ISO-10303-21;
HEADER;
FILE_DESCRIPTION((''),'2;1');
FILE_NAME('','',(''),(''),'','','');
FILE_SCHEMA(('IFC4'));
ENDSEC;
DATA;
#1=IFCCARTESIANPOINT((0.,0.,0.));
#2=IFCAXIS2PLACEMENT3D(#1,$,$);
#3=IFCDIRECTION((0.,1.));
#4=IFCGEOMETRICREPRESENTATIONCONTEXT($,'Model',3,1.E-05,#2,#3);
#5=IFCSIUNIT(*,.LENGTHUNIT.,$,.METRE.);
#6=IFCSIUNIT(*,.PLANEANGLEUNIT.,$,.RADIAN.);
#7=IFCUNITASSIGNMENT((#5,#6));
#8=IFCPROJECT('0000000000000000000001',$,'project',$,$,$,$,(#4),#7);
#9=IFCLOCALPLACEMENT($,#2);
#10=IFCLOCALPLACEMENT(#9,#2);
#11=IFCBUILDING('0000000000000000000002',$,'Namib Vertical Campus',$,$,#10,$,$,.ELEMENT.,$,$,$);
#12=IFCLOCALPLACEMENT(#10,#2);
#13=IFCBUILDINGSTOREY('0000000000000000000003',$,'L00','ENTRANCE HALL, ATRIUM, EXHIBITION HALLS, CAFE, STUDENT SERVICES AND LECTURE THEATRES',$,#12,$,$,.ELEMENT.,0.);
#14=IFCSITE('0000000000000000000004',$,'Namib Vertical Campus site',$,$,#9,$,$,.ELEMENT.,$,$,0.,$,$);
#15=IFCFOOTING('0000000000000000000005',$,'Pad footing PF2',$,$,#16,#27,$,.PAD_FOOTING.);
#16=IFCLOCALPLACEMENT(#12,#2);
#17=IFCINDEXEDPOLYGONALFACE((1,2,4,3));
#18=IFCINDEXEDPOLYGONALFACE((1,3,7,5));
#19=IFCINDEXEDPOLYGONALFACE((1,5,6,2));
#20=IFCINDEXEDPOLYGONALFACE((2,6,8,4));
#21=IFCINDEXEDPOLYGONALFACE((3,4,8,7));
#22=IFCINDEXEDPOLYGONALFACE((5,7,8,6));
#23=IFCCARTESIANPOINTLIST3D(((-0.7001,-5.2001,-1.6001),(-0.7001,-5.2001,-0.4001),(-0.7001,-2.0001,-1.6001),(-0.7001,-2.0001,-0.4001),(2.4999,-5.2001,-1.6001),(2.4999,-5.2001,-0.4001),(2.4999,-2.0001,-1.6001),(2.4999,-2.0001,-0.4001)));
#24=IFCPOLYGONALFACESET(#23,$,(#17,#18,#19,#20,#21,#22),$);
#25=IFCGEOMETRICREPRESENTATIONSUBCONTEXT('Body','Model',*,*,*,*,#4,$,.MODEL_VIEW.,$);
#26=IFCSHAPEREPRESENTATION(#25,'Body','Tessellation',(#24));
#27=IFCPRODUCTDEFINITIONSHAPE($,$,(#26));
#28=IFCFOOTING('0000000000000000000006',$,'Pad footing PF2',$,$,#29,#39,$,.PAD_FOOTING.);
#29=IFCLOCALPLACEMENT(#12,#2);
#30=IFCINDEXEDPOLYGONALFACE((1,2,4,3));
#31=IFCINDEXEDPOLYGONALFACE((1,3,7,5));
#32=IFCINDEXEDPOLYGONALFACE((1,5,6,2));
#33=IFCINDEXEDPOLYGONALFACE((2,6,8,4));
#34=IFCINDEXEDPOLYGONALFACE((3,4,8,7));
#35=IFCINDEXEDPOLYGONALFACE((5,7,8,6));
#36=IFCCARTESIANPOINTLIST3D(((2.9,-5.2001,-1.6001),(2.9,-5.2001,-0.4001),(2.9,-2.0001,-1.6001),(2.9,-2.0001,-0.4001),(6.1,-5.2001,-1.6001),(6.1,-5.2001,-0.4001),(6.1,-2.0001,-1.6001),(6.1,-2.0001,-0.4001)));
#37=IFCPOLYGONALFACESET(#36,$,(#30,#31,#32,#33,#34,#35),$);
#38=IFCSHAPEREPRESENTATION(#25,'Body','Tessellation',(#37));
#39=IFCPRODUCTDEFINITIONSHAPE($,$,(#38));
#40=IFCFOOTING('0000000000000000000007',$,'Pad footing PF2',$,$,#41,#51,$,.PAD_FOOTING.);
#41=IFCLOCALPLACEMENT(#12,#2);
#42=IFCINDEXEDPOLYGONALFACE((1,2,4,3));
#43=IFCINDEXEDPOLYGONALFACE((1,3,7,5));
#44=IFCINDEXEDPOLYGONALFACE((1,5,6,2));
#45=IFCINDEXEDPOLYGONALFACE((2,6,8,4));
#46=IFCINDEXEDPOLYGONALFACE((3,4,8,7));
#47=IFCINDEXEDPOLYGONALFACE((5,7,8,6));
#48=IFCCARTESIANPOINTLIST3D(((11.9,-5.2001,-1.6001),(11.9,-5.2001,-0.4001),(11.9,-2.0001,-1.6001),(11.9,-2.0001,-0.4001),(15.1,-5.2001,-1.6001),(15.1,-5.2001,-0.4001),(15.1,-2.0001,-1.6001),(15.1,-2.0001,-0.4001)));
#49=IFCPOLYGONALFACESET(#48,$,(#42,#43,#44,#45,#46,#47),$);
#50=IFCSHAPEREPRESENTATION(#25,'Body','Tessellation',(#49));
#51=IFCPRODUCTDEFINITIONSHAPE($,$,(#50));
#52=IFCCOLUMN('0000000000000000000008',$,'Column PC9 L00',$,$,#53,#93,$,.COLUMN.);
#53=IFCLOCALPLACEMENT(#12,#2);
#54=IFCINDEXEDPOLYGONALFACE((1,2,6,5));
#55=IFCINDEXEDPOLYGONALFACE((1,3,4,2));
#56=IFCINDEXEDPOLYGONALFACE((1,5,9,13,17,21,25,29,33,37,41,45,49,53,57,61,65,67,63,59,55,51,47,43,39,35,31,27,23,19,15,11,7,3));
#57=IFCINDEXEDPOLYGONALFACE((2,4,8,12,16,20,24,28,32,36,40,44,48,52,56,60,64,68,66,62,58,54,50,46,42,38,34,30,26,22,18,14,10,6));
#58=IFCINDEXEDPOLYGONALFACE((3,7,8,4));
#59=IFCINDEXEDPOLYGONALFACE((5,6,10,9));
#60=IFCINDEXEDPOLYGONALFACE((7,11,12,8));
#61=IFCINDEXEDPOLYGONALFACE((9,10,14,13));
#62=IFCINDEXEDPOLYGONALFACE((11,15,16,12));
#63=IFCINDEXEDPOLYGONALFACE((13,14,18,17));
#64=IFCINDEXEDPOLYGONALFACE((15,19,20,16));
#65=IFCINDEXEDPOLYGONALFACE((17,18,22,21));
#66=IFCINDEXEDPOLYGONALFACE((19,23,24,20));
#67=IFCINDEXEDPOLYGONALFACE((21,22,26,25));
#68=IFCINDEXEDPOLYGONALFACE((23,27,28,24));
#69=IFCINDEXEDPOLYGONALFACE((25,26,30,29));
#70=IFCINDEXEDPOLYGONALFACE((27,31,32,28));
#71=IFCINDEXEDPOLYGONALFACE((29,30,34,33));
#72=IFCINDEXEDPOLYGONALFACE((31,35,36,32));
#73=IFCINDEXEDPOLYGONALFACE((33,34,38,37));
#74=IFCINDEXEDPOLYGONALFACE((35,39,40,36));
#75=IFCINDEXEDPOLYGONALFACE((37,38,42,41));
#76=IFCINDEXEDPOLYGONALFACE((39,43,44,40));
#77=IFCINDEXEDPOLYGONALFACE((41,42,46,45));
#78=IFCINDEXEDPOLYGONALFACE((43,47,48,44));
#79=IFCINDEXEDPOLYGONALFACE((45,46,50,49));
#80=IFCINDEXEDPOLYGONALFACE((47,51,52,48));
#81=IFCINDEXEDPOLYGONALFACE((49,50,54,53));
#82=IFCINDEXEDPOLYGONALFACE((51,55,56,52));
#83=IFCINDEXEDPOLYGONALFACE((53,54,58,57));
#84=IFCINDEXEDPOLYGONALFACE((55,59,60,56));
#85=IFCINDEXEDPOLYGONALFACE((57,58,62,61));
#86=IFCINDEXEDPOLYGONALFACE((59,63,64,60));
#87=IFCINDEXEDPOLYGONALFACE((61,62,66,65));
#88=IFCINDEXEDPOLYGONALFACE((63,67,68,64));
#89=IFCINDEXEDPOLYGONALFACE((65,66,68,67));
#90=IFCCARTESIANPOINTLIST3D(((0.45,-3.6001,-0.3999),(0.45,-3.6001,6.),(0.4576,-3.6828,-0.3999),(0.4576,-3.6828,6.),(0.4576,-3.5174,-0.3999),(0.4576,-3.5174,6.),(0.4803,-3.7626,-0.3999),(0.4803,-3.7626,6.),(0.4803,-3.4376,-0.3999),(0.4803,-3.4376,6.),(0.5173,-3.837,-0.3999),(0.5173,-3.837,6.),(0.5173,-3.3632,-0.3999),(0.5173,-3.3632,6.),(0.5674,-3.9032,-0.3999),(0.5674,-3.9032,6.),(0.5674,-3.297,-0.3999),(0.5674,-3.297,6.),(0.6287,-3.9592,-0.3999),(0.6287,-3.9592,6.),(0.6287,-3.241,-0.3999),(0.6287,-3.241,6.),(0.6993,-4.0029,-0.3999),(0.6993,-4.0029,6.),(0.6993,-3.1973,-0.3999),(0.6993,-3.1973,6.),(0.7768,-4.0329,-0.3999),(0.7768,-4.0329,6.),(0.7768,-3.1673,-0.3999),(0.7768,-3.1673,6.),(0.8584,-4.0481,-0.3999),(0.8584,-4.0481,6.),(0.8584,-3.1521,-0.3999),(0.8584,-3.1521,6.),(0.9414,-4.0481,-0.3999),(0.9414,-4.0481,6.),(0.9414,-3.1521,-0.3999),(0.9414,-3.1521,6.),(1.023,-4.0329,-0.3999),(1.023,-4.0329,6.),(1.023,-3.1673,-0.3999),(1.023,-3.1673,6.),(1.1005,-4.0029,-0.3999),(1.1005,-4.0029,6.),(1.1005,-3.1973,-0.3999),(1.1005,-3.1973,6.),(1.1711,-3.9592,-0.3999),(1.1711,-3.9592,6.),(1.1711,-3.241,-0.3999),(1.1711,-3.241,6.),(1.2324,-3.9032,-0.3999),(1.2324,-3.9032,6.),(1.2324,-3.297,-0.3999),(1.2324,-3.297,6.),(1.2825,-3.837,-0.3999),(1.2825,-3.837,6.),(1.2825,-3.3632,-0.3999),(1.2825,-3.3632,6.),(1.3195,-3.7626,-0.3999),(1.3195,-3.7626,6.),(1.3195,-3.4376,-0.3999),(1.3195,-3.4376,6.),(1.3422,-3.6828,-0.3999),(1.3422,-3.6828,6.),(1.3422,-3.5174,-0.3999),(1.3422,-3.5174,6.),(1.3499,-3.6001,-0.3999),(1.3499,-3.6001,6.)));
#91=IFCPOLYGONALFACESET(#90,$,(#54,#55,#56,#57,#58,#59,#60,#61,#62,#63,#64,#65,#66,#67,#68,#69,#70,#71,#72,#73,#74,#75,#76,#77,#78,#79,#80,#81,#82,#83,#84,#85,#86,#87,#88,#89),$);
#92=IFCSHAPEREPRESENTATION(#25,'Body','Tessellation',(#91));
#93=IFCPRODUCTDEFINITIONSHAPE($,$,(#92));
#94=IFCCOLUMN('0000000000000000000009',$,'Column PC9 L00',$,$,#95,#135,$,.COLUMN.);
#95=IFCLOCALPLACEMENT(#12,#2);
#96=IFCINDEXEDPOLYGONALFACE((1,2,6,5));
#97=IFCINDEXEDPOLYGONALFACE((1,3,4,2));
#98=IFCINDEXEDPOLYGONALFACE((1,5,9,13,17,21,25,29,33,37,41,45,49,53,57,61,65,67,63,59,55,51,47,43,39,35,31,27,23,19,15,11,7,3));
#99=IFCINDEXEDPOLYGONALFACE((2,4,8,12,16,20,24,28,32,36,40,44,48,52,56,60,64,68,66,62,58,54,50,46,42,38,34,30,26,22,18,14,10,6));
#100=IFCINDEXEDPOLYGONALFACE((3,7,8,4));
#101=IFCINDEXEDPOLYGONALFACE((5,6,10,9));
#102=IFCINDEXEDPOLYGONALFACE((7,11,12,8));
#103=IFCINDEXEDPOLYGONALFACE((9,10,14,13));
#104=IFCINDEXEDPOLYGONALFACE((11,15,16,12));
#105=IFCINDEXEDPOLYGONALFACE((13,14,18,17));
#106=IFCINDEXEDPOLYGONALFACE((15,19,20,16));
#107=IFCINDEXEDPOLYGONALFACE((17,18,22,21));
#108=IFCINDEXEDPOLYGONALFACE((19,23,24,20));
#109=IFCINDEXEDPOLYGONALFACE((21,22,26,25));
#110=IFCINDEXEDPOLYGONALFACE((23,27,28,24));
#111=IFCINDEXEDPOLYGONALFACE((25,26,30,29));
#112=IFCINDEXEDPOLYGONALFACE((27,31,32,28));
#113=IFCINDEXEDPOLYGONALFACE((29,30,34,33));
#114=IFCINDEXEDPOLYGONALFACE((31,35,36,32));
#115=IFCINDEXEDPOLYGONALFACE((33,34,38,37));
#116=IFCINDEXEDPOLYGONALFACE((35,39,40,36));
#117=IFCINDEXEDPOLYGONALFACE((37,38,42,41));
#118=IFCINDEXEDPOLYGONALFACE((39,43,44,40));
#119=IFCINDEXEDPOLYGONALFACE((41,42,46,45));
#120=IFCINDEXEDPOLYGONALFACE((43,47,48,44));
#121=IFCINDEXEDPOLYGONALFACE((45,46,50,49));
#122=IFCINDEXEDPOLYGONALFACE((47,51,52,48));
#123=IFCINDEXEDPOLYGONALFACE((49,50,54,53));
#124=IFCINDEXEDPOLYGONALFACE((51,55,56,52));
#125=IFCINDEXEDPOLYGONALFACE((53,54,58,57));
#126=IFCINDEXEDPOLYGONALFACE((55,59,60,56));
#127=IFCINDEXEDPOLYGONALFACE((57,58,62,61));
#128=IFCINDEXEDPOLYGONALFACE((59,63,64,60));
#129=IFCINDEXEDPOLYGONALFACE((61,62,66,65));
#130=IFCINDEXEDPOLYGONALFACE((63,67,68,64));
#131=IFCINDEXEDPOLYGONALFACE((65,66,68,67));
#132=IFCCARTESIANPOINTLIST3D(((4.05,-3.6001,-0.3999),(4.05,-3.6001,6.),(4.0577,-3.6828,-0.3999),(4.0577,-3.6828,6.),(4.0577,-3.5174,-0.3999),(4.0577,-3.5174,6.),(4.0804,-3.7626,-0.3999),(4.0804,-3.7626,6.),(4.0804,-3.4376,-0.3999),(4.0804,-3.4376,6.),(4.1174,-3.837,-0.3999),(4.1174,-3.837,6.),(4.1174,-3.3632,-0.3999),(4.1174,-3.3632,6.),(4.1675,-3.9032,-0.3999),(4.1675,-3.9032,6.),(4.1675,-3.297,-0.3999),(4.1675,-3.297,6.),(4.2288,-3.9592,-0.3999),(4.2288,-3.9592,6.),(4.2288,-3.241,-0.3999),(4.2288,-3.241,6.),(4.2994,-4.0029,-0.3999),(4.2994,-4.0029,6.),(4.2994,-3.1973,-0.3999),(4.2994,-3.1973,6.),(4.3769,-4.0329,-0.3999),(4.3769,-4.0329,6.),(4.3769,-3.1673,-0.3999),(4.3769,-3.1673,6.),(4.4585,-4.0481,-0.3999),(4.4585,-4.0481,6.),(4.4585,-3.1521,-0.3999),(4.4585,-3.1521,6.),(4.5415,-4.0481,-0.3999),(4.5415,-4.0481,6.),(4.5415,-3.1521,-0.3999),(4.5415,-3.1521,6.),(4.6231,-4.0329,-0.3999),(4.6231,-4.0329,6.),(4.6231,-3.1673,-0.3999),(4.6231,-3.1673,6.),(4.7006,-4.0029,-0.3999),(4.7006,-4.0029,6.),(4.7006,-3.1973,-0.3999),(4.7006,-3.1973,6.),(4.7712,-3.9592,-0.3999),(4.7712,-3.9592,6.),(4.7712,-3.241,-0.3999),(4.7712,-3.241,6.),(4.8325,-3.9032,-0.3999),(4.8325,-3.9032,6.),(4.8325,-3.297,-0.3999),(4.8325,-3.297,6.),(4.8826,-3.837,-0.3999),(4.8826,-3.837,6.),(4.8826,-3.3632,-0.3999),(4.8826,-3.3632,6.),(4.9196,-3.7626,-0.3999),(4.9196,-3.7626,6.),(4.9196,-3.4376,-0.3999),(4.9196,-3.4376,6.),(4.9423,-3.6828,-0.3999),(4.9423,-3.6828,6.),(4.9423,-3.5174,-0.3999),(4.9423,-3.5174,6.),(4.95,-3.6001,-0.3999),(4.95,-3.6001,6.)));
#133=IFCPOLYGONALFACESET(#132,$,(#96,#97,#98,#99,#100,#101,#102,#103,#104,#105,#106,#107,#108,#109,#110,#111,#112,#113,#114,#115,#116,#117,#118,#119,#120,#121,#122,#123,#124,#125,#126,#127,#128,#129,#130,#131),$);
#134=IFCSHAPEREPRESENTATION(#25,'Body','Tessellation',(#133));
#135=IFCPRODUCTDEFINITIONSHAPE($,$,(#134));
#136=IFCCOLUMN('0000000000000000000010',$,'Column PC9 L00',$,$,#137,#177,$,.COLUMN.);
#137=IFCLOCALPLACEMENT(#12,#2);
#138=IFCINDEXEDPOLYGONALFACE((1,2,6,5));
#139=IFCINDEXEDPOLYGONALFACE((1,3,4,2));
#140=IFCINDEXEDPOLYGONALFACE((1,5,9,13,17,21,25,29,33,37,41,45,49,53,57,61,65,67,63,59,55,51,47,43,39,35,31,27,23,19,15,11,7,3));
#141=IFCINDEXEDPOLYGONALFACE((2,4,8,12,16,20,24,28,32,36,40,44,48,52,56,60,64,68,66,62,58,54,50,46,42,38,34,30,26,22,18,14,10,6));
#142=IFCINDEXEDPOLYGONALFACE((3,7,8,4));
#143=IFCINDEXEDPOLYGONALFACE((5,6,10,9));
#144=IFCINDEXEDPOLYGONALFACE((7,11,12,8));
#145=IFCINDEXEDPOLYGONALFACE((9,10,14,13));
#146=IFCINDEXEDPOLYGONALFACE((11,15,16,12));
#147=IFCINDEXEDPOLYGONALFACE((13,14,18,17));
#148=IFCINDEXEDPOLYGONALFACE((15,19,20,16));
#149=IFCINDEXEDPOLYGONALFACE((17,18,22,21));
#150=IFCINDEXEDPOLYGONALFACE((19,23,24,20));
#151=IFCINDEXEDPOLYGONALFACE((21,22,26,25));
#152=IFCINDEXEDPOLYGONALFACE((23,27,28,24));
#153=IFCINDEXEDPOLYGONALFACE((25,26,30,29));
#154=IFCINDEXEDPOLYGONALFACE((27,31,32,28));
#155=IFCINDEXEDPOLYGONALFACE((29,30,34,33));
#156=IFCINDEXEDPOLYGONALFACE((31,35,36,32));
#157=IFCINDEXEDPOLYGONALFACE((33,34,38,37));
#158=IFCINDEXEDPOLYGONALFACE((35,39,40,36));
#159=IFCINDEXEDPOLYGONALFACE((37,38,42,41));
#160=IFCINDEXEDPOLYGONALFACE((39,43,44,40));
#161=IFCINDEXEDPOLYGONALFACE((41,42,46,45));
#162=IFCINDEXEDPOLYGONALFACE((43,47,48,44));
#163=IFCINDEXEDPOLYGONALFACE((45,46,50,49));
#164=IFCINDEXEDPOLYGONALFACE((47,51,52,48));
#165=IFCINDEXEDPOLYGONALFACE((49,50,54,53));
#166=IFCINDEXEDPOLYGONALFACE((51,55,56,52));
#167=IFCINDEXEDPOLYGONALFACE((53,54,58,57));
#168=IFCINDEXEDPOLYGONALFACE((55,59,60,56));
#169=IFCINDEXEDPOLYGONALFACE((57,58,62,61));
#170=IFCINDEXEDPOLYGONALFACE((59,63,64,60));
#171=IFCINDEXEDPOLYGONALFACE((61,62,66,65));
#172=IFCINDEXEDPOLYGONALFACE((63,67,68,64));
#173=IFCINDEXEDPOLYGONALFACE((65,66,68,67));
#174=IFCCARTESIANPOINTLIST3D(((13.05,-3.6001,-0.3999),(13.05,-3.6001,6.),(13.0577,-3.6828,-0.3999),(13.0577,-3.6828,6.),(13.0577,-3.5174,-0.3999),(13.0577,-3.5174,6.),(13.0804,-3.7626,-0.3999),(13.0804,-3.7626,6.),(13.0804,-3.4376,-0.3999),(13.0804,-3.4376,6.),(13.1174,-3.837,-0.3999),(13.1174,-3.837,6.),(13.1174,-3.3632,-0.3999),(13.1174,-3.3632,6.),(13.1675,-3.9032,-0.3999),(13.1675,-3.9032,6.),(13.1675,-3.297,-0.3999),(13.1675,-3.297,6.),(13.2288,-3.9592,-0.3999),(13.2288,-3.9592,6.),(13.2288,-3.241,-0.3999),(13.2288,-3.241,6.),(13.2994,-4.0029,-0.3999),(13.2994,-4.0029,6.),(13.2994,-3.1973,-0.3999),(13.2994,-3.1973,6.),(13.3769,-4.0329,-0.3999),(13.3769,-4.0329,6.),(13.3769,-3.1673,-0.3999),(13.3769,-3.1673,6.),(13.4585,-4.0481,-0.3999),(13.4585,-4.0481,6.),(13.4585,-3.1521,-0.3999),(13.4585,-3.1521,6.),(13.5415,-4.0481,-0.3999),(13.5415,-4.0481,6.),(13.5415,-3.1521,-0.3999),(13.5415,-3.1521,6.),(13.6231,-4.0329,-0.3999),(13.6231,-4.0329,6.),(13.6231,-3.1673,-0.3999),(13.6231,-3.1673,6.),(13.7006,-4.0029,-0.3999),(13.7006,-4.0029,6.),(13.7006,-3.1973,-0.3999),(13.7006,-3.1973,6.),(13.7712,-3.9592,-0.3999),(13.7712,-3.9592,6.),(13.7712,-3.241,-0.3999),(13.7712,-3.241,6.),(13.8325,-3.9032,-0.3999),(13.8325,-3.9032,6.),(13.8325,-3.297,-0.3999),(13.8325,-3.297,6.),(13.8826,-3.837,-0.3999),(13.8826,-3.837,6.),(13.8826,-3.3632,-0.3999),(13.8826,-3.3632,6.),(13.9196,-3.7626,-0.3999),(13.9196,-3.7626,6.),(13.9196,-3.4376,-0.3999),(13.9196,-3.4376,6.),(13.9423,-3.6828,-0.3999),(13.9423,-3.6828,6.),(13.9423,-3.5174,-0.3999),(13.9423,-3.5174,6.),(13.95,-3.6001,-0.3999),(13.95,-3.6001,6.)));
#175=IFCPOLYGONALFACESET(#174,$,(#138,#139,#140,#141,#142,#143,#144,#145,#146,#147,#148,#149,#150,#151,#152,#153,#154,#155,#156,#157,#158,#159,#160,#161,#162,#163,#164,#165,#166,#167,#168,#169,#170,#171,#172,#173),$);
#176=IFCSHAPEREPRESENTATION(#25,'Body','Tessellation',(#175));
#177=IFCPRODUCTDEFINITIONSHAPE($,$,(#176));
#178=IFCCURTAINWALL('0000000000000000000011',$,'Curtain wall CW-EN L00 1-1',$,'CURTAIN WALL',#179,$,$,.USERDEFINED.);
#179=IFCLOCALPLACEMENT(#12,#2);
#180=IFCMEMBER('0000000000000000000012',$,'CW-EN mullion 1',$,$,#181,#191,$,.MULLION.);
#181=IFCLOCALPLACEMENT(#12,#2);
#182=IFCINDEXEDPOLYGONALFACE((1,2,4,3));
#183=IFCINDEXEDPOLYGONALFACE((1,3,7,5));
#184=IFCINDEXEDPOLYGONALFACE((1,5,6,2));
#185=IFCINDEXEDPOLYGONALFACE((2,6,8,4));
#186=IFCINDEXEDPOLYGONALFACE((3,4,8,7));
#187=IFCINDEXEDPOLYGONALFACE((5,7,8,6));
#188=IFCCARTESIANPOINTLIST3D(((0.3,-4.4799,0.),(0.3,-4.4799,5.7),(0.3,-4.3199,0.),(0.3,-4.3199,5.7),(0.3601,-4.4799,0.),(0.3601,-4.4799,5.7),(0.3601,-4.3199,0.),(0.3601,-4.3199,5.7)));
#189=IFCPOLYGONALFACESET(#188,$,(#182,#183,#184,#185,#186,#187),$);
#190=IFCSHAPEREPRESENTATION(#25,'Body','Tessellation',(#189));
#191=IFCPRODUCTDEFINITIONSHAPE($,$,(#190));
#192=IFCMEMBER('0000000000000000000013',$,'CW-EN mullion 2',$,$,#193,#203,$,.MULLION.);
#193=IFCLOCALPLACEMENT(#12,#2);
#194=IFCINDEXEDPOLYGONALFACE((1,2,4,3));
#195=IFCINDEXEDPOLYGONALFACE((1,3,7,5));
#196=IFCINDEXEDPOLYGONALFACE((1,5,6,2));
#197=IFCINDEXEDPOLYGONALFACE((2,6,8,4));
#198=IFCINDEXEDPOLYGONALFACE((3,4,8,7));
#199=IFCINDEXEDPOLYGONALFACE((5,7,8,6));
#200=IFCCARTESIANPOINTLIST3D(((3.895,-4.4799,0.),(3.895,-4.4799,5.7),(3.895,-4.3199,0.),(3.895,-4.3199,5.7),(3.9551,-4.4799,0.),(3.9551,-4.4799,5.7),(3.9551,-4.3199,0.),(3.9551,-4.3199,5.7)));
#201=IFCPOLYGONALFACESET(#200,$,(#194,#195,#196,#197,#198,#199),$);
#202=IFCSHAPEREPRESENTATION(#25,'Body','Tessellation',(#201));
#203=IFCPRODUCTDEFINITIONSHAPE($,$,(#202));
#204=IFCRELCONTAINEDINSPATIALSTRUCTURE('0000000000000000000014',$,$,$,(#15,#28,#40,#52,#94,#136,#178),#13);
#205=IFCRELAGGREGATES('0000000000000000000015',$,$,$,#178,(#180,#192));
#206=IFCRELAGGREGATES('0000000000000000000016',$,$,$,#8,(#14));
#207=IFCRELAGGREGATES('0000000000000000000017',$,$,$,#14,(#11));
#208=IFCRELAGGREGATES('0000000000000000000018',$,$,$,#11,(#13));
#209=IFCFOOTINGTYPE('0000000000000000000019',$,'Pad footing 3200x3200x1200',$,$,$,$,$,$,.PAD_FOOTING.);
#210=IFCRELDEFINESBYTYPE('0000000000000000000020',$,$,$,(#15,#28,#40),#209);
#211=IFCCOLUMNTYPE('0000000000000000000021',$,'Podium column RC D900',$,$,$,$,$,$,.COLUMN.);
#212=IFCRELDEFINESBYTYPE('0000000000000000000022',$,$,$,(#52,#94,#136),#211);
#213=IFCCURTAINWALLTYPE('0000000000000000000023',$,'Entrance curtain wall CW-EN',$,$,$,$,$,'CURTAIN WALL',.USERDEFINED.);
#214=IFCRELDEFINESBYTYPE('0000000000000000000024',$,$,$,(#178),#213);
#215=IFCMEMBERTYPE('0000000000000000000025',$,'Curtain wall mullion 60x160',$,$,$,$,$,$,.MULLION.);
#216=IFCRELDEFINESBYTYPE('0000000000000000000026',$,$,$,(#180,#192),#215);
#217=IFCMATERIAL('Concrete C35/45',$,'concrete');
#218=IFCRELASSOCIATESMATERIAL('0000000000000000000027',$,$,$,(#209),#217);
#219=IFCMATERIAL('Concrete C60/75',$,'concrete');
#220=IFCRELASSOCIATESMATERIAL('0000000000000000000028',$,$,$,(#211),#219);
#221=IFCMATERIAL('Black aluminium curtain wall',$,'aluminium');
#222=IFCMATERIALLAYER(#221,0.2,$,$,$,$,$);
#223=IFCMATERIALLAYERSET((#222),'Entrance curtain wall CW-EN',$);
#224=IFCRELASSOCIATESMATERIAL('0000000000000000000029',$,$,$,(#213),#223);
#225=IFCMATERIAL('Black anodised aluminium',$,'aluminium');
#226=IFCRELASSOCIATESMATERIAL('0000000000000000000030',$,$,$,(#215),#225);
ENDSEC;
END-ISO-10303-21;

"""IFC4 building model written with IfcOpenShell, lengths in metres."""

from ifc_helpers import new_model, si_unit, direction, frame, origin, origin_2d, place, context, subcontext, project, spatial, rectangle, circle, extrude, material, layer, layer_set, material_profile, profile_set, type_object, element, aggregate, save


model = new_model("IFC4")

# Units and contexts
model_context = context("Model", 3, precision=1e-05, world=origin(), true_north=direction((0.0, 1.0)))
body_context = subcontext(model_context, "Body", "Model", "MODEL_VIEW")
ifc_project = project(units=[si_unit("LENGTHUNIT", "METRE"), si_unit("PLANEANGLEUNIT", "RADIAN")], contexts=[model_context])

# Site, building, storey
site_placement = place(None, origin())
site = spatial("IfcSite", under=ifc_project, at=site_placement, Name="Namib Vertical Campus site", CompositionType="ELEMENT", RefElevation=0.0)
building_placement = place(site_placement, origin())
building = spatial("IfcBuilding", under=site, at=building_placement, Name="Namib Vertical Campus", CompositionType="ELEMENT")
storey_placement = place(building_placement, origin())
storey = spatial("IfcBuildingStorey", under=building, at=storey_placement, Name="L00", Description="ENTRANCE HALL, ATRIUM, EXHIBITION HALLS, CAFE, STUDENT SERVICES AND LECTURE THEATRES", CompositionType="ELEMENT", Elevation=0.0)

# Footings
ifc_material_1 = material(Name="Concrete C35/45", Category="concrete")
footing_type = type_object("IfcFootingType", Name="Pad footing 3200x3200x1200", PredefinedType="PAD_FOOTING", material=ifc_material_1)
for number, where, z_axis, x_axis, name in (
    (1, (0.8999, -3.6001, -1.6001), (0.0, 0.0, 1.0), (1.0, 0.0, 0.0), "Pad footing PF2"),
    (2, (4.5, -3.6001, -1.6001), (0.0, 0.0, 1.0), (1.0, 0.0, 0.0), "Pad footing PF2"),
    (3, (13.5, -3.6001, -1.6001), (0.0, 0.0, 1.0), (1.0, 0.0, 0.0), "Pad footing PF2"),
):
    element("IfcFooting", number, at=place(storey_placement, frame(where, z_axis=z_axis, x_axis=x_axis)), inside=storey, type_object=footing_type, Name=name, PredefinedType="PAD_FOOTING", context=body_context, shape_type="SweptSolid", body=[
        extrude(rectangle(XDim=3.2, YDim=3.2, at=origin_2d()), origin(), (0.0, 0.0, 1.0), 1.2),
    ])

# Columns
ifc_material_2 = material(Name="Concrete C60/75", Category="concrete")
ifc_material_profile_1 = material_profile(ifc_material_2, circle(Radius=0.45, at=origin_2d()))
ifc_profile_set_1 = profile_set([ifc_material_profile_1], Name="Concrete C60/75")
column_type = type_object("IfcColumnType", Name="Podium column RC D900", PredefinedType="COLUMN", material=ifc_profile_set_1)
for number, where, z_axis, x_axis, name in (
    (4, (0.8999, -3.6001, -0.3999), (0.0, 0.0, 1.0), (1.0, 0.0, 0.0), "Column PC9 L00"),
    (5, (4.5, -3.6001, -0.3999), (0.0, 0.0, 1.0), (1.0, 0.0, 0.0), "Column PC9 L00"),
    (6, (13.5, -3.6001, -0.3999), (0.0, 0.0, 1.0), (1.0, 0.0, 0.0), "Column PC9 L00"),
):
    element("IfcColumn", number, at=place(storey_placement, frame(where, z_axis=z_axis, x_axis=x_axis)), inside=storey, type_object=column_type, Name=name, PredefinedType="COLUMN", context=body_context, shape_type="SweptSolid", body=[
        extrude(circle(Radius=0.45, at=origin_2d()), origin(), (0.0, 0.0, 1.0), 6.3999),
    ])

# Curtain wall, members
ifc_material_3 = material(Name="Black aluminium curtain wall", Category="aluminium")
ifc_layer_1 = layer(ifc_material_3, 0.2)
ifc_layer_set_1 = layer_set([ifc_layer_1], Name="Entrance curtain wall CW-EN")
curtain_wall_type = type_object("IfcCurtainWallType", Name="Entrance curtain wall CW-EN", ElementType="CURTAIN WALL", PredefinedType="USERDEFINED", material=ifc_layer_set_1)
curtain_wall_1_placement = place(storey_placement, origin())
curtain_wall_1 = element("IfcCurtainWall", 7, at=curtain_wall_1_placement, inside=storey, type_object=curtain_wall_type, Name="Curtain wall CW-EN L00 1-1", ObjectType="CURTAIN WALL", PredefinedType="USERDEFINED")
ifc_material_4 = material(Name="Black anodised aluminium", Category="aluminium")
ifc_material_profile_2 = material_profile(ifc_material_4, rectangle(XDim=0.0601, YDim=0.1599, at=origin_2d()))
ifc_profile_set_2 = profile_set([ifc_material_profile_2], Name="Black anodised aluminium")
member_type_1 = type_object("IfcMemberType", Name="Curtain wall mullion 60x160", PredefinedType="MULLION", material=ifc_profile_set_2)
member_1_placement = place(storey_placement, frame((0.3301, -4.3999, 0.0), z_axis=(0.0, 0.0, 1.0), x_axis=(1.0, 0.0, 0.0)))
member_1 = element("IfcMember", 8, at=member_1_placement, type_object=member_type_1, Name="CW-EN mullion 1", PredefinedType="MULLION", context=body_context, shape_type="SweptSolid", body=[
    extrude(rectangle(XDim=0.0601, YDim=0.1599, at=origin_2d()), origin(), (0.0, 0.0, 1.0), 5.7),
])
member_2_placement = place(storey_placement, frame((3.925, -4.3999, 0.0), z_axis=(0.0, 0.0, 1.0), x_axis=(1.0, 0.0, 0.0)))
member_2 = element("IfcMember", 9, at=member_2_placement, type_object=member_type_1, Name="CW-EN mullion 2", PredefinedType="MULLION", context=body_context, shape_type="SweptSolid", body=[
    extrude(rectangle(XDim=0.0601, YDim=0.1599, at=origin_2d()), origin(), (0.0, 0.0, 1.0), 5.7),
])

aggregate(curtain_wall_1, [member_1, member_2])

save(model, "model.ifc")
